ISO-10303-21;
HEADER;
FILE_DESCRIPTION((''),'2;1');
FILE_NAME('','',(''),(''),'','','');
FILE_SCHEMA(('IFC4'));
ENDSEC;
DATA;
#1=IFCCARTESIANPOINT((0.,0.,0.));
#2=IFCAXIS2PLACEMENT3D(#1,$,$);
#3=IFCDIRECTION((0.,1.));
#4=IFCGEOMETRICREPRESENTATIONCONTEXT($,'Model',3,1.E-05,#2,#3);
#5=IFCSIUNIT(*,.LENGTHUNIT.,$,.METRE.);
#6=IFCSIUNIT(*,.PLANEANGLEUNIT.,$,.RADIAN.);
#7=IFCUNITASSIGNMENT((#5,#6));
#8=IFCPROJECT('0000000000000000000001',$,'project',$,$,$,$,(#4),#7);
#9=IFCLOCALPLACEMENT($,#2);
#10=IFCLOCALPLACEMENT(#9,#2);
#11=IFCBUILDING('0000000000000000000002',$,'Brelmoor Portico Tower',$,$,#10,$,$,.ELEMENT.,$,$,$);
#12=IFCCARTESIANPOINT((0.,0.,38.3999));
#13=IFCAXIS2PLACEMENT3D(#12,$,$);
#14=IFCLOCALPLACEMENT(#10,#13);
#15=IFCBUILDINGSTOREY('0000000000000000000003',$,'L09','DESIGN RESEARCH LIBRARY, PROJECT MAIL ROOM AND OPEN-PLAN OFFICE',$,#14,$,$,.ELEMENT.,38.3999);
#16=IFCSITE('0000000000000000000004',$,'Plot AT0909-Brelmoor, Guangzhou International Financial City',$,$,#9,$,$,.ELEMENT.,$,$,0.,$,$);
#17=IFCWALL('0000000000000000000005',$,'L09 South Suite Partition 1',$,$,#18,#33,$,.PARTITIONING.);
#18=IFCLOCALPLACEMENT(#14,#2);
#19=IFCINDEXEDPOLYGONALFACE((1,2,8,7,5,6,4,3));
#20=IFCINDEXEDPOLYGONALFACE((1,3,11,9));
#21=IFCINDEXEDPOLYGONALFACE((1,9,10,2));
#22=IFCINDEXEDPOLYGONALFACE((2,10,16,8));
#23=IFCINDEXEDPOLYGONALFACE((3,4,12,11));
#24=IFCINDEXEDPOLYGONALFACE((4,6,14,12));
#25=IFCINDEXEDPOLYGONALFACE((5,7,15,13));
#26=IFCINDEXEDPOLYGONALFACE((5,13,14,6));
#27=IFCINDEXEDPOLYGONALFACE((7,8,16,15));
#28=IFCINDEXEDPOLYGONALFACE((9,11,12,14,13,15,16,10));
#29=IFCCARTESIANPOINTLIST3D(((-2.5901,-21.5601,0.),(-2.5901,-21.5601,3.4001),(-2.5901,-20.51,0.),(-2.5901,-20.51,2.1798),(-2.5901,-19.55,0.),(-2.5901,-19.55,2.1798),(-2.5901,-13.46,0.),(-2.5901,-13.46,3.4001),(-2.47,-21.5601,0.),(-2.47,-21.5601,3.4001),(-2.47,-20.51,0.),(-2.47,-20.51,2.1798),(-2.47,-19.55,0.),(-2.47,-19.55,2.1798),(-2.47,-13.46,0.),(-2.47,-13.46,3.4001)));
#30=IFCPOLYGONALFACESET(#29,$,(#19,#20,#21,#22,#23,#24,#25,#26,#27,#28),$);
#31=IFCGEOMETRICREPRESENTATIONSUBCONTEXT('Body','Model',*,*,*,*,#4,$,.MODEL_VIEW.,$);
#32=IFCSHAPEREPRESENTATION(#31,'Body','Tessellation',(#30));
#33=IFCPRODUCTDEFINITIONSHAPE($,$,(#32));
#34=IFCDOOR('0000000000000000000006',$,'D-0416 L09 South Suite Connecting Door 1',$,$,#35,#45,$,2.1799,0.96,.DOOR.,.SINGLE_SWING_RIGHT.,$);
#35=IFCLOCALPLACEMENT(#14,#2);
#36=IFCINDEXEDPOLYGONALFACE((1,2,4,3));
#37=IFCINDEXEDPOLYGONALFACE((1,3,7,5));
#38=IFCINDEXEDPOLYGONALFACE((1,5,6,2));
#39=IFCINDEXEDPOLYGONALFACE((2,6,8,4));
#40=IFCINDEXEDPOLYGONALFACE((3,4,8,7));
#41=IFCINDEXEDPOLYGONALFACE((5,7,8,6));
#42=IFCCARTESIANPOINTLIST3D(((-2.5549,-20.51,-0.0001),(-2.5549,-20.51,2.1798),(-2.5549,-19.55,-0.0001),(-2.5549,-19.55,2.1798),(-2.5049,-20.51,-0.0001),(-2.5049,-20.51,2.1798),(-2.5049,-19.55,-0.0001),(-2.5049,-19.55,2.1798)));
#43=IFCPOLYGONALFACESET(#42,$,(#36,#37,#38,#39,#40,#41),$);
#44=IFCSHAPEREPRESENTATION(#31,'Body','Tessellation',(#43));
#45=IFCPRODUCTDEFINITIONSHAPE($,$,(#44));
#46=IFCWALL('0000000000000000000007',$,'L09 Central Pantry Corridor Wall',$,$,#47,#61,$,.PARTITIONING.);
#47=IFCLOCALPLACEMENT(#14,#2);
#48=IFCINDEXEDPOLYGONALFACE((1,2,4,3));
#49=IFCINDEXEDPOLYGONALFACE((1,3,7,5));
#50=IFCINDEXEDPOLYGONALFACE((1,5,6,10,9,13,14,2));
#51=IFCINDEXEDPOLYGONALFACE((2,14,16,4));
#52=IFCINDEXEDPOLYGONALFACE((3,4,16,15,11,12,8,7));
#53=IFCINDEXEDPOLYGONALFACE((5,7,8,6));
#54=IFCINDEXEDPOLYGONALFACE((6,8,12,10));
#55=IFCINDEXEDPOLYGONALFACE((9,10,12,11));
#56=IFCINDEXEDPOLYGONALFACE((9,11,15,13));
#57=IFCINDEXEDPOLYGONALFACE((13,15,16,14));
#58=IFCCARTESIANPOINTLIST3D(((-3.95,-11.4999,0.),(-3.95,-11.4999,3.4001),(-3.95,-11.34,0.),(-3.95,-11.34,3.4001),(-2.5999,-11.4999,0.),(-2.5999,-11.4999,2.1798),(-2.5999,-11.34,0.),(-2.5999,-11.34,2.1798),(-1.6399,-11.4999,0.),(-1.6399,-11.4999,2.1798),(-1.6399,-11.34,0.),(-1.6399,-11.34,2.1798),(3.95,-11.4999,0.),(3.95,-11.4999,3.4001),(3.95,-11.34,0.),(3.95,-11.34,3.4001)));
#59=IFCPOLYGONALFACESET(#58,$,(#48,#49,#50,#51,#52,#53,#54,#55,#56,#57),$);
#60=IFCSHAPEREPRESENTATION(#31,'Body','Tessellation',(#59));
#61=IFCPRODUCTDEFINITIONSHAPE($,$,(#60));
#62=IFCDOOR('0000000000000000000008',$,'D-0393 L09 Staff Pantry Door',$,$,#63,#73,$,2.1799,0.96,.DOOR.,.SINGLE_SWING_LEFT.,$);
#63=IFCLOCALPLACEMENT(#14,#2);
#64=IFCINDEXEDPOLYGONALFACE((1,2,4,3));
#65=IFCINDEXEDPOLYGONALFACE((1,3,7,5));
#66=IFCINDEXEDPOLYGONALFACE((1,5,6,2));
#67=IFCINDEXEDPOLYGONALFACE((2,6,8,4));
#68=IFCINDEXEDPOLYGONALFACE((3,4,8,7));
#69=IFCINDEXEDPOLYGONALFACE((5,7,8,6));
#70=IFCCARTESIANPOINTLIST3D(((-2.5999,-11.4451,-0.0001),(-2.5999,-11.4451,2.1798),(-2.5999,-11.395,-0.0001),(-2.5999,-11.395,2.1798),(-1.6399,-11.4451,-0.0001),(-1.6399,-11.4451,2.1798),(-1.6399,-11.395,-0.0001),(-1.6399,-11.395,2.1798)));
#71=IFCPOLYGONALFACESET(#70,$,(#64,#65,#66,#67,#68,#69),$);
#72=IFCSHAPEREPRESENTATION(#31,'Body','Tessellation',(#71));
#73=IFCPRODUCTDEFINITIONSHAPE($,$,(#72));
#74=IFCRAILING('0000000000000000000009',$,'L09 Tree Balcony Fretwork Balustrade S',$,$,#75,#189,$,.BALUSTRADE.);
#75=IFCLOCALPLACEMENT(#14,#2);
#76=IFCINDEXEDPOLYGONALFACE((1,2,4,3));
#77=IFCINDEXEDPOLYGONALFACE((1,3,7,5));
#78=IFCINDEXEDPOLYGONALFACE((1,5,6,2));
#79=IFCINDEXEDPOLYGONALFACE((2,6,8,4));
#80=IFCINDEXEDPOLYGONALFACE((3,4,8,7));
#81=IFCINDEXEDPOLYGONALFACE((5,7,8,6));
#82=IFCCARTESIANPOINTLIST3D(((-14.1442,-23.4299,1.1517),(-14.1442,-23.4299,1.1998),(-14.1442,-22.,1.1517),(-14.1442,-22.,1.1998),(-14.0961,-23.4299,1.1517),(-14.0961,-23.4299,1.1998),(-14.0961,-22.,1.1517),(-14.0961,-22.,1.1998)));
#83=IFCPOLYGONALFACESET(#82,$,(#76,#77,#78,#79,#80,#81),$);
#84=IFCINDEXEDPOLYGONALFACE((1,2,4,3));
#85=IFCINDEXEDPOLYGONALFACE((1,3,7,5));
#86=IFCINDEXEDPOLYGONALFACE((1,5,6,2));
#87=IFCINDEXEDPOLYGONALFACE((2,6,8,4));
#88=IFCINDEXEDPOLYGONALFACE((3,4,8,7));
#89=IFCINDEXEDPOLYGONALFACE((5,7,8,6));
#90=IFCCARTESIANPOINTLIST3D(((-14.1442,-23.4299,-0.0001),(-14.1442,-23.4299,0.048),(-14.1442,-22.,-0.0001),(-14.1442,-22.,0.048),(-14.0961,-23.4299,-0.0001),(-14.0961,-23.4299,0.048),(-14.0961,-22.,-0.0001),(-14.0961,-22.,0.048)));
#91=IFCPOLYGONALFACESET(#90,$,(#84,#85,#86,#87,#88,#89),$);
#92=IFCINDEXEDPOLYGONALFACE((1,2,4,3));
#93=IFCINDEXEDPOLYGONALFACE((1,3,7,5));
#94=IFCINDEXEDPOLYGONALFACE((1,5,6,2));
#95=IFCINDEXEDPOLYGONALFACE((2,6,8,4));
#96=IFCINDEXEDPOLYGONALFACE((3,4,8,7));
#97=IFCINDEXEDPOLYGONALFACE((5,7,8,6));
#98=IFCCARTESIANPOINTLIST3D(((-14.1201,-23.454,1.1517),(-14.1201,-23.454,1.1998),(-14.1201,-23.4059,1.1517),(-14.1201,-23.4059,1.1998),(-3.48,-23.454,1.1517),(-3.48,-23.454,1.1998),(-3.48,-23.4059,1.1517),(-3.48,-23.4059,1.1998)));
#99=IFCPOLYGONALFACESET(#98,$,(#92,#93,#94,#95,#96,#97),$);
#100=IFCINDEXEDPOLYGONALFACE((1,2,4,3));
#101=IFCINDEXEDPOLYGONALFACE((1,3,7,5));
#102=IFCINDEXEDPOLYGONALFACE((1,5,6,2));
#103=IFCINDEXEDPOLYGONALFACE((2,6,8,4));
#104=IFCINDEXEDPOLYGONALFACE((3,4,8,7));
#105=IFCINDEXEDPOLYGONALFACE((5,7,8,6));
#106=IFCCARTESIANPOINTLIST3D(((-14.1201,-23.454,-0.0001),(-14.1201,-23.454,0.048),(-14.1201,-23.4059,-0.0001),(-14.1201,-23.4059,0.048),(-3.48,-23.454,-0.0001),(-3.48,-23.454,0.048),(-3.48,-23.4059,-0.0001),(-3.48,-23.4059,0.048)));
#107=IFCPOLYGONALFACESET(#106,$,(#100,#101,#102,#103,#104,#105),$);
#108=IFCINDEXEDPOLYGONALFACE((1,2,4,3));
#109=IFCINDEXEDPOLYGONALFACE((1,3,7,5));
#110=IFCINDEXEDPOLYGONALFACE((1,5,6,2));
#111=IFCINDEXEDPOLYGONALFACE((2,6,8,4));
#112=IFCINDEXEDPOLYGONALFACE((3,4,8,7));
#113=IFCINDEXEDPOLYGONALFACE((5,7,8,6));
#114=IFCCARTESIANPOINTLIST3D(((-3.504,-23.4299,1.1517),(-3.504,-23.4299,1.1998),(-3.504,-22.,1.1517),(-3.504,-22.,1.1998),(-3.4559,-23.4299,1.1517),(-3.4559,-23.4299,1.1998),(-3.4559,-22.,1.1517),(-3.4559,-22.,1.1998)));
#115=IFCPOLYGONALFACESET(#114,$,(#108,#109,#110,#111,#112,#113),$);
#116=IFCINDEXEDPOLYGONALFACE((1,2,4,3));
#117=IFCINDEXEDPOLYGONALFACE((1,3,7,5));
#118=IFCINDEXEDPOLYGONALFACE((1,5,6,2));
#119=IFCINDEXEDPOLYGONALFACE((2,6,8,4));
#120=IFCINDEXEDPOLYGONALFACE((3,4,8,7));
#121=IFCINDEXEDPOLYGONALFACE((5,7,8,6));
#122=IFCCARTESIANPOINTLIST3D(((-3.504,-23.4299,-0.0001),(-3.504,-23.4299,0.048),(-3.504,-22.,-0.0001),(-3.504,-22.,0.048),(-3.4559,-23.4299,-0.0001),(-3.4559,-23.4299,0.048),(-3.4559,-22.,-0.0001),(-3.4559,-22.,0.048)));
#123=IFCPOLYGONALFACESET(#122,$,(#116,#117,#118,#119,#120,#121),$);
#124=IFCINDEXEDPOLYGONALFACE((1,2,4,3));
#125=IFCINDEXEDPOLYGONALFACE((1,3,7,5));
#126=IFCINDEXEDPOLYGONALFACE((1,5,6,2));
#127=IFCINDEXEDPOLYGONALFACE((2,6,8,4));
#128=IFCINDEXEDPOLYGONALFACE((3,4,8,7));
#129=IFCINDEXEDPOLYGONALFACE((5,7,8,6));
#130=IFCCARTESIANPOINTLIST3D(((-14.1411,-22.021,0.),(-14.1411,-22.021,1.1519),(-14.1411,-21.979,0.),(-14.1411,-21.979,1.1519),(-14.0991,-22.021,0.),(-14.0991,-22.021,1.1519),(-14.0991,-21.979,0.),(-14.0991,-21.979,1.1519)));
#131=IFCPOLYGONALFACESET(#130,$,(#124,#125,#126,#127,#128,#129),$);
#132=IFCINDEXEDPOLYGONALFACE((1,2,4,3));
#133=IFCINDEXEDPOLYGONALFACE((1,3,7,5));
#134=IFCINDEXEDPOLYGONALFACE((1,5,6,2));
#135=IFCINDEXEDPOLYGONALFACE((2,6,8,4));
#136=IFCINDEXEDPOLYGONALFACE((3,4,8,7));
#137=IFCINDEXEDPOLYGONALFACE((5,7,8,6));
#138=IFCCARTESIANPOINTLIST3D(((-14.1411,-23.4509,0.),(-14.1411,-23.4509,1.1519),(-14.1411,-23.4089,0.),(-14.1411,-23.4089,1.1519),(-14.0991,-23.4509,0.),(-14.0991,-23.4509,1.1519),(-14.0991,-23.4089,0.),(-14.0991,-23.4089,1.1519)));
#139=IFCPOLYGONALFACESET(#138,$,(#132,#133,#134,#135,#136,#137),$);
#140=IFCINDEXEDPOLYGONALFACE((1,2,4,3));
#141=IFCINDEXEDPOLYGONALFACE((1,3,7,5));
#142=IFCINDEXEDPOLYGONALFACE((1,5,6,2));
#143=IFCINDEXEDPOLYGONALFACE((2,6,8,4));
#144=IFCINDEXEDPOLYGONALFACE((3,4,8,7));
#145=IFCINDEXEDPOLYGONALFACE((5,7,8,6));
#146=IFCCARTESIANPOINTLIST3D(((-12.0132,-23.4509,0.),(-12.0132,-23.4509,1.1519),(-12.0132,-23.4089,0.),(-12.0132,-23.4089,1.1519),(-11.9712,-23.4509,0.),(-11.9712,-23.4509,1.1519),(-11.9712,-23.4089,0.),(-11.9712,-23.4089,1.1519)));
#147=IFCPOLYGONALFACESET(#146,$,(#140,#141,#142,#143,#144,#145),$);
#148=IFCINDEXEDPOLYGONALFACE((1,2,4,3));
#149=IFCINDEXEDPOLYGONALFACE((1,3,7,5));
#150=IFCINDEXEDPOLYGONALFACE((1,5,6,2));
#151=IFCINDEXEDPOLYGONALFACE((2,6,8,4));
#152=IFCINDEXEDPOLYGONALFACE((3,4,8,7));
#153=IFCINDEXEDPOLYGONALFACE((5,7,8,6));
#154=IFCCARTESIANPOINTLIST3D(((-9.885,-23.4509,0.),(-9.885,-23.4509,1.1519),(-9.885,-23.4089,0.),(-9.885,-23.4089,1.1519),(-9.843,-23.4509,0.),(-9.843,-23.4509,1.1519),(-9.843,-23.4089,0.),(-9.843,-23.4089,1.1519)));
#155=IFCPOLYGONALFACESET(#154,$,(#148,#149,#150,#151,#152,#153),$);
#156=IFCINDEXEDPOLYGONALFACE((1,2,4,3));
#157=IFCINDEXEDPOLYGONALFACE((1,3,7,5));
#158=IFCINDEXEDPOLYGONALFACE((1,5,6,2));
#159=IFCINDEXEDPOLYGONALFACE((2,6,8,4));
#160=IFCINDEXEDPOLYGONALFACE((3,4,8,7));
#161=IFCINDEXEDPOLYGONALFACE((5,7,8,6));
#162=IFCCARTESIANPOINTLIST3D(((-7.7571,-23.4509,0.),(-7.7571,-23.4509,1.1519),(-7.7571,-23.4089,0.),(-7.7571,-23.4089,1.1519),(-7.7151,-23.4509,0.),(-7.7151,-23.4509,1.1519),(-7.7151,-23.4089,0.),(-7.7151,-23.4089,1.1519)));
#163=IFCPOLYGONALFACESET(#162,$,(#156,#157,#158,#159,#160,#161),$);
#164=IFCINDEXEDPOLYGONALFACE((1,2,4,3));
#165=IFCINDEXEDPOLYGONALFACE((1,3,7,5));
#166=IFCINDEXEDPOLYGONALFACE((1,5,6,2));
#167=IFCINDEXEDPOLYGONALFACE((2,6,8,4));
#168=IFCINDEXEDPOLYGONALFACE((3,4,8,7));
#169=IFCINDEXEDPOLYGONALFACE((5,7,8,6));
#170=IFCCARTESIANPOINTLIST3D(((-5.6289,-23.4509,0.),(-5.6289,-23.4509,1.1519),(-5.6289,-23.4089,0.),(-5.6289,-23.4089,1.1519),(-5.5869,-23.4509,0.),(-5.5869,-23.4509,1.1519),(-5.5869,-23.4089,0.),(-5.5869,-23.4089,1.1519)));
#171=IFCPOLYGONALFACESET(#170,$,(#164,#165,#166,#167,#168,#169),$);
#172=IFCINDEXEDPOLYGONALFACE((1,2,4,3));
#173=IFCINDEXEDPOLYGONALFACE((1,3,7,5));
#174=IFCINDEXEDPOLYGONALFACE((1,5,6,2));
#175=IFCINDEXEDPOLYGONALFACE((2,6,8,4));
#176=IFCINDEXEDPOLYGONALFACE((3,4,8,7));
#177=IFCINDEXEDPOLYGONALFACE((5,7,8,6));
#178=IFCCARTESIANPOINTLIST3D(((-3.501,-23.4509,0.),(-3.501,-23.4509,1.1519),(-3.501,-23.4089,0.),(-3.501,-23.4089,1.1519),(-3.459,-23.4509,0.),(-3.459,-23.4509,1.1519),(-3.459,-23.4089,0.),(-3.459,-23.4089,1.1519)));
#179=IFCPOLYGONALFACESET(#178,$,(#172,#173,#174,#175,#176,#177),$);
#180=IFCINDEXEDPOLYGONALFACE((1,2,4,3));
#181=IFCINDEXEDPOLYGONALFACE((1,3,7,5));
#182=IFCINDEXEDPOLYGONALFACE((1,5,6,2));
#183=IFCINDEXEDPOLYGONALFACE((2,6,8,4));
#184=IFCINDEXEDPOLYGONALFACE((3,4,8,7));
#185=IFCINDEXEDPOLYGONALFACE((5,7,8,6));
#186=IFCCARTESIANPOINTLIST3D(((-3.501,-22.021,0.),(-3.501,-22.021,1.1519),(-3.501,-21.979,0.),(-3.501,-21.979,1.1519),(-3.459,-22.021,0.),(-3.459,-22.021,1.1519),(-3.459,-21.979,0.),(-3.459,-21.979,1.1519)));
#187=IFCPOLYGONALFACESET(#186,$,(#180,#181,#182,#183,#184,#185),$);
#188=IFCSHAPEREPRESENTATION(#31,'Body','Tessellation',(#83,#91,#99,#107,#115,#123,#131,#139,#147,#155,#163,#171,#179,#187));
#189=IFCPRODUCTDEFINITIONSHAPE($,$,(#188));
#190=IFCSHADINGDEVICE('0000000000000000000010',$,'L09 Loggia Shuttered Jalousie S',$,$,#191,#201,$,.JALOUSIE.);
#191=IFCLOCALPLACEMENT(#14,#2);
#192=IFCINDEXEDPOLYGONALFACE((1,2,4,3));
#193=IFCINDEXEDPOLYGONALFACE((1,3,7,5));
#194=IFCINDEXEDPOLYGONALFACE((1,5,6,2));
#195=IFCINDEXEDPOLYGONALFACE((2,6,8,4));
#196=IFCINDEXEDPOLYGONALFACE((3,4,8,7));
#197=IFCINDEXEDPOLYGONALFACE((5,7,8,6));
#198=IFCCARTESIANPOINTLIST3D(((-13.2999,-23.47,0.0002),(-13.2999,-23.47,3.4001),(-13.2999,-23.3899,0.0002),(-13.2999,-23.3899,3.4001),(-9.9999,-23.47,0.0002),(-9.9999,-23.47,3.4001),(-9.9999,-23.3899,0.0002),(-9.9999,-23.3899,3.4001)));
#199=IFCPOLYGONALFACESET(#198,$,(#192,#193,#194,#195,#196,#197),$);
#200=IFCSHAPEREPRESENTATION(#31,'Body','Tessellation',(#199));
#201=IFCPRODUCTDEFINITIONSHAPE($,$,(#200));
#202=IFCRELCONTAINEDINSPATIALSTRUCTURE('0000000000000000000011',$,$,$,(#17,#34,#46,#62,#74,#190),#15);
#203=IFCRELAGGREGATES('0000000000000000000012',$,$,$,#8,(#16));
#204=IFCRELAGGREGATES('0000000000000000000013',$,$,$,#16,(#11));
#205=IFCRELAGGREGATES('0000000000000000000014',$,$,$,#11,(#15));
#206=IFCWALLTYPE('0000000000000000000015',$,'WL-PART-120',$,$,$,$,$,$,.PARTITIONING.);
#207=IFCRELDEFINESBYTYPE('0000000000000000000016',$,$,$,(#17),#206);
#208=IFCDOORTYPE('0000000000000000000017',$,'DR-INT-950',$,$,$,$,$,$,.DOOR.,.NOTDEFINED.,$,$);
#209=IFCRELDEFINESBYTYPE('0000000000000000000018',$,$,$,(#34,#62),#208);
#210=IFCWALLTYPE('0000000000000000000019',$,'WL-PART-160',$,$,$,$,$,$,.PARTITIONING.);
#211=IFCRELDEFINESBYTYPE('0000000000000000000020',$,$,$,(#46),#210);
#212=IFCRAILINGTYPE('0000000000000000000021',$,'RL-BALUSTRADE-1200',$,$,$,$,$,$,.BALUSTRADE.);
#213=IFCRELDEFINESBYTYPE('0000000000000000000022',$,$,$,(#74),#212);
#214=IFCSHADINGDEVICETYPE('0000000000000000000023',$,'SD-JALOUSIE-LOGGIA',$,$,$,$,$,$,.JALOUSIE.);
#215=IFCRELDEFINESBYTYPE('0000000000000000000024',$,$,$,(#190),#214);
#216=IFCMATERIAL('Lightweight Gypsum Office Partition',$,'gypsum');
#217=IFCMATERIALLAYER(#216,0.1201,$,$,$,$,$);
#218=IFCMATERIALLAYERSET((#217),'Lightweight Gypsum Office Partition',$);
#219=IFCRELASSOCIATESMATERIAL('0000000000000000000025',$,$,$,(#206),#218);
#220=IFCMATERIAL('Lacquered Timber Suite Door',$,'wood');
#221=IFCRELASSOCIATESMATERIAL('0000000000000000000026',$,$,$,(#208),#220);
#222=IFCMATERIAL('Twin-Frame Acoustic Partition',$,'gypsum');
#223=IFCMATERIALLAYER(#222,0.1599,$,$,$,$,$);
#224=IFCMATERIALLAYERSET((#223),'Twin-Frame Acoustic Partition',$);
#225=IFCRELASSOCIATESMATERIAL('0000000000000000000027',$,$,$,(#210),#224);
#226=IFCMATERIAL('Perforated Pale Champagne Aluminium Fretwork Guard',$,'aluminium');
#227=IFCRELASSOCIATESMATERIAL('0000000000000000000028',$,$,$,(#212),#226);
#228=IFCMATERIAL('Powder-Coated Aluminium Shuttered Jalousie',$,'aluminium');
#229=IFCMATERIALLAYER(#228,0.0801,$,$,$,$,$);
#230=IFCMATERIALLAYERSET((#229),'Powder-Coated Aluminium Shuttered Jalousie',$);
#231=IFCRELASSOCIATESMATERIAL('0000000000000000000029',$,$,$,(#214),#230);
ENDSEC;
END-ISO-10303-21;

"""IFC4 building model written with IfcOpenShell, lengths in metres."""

from ifc_helpers import new_model, si_unit, direction, frame, frame_2d, origin, origin_2d, place, context, subcontext, project, spatial, rectangle, extrude, material, layer, layer_set, type_object, element, fill, save


model = new_model("IFC4")

# Units and contexts
model_context = context("Model", 3, precision=1e-05, world=origin(), true_north=direction((0.0, 1.0)))
body_context = subcontext(model_context, "Body", "Model", "MODEL_VIEW")
ifc_project = project(units=[si_unit("LENGTHUNIT", "METRE"), si_unit("PLANEANGLEUNIT", "RADIAN")], contexts=[model_context])

# Site, building, storey
site_placement = place(None, origin())
site = spatial("IfcSite", under=ifc_project, at=site_placement, Name="Plot AT0909-Brelmoor, Guangzhou International Financial City", CompositionType="ELEMENT", RefElevation=0.0)
building_placement = place(site_placement, origin())
building = spatial("IfcBuilding", under=site, at=building_placement, Name="Brelmoor Portico Tower", CompositionType="ELEMENT")
storey_placement = place(building_placement, frame((0.0, 0.0, 38.3999)))
storey = spatial("IfcBuildingStorey", under=building, at=storey_placement, Name="L09", Description="DESIGN RESEARCH LIBRARY, PROJECT MAIL ROOM AND OPEN-PLAN OFFICE", CompositionType="ELEMENT", Elevation=38.3999)

# Shared definitions
ifc_material_1 = material(Name="Lightweight Gypsum Office Partition", Category="gypsum")
ifc_layer_1 = layer(ifc_material_1, 0.1201)
ifc_layer_set_1 = layer_set([ifc_layer_1], Name="Lightweight Gypsum Office Partition")
wall_type_1 = type_object("IfcWallType", Name="WL-PART-120", PredefinedType="PARTITIONING", material=ifc_layer_set_1)

# Walls, openings, doors
wall_1_placement = place(storey_placement, frame((-2.53, -21.5601, 0.0), z_axis=(0.0, 0.0, 1.0), x_axis=(0.0, 1.0, 0.0)))
wall_1 = element("IfcWall", 1, at=wall_1_placement, inside=storey, type_object=wall_type_1, Name="L09 South Suite Partition 1", PredefinedType="PARTITIONING", context=body_context, shape_type="SweptSolid", body=[
    extrude(rectangle(XDim=8.1001, YDim=0.1201, at=frame_2d((4.05, 0.0))), origin(), (0.0, 0.0, 1.0), 3.4001),
])
opening_1_placement = place(wall_1_placement, frame((1.05, 0.0, 0.0)))
opening_1 = element("IfcOpeningElement", 2, at=opening_1_placement, cuts=wall_1, PredefinedType="OPENING", context=body_context, shape_type="SweptSolid", body=[
    extrude(rectangle(XDim=0.96, YDim=2.1799, at=frame_2d((0.48, 1.0898))), frame((0.0, 0.0701, 0.0), z_axis=(0.0, -1.0, 0.0), x_axis=(1.0, 0.0, 0.0)), (0.0, 0.0, 1.0), 0.1401),
])
ifc_material_2 = material(Name="Lacquered Timber Suite Door", Category="wood")
door_type_1 = type_object("IfcDoorType", Name="DR-INT-950", OperationType="NOTDEFINED", PredefinedType="DOOR", material=ifc_material_2)
door_1_placement = place(opening_1_placement, origin())
door_1 = element("IfcDoor", 3, at=door_1_placement, inside=storey, type_object=door_type_1, Name="D-0416 L09 South Suite Connecting Door 1", OperationType="SINGLE_SWING_RIGHT", OverallHeight=2.1799, OverallWidth=0.96, PredefinedType="DOOR", context=body_context, shape_type="SweptSolid", body=[
    extrude(rectangle(XDim=0.96, YDim=2.1799, at=frame_2d((0.48, 1.0898))), frame((0.0, 0.0249, 0.0), z_axis=(0.0, -1.0, 0.0), x_axis=(1.0, 0.0, 0.0)), (0.0, 0.0, 1.0), 0.05),
])
fill(opening_1, door_1)
ifc_material_3 = material(Name="Twin-Frame Acoustic Partition", Category="gypsum")
ifc_layer_2 = layer(ifc_material_3, 0.1599)
ifc_layer_set_2 = layer_set([ifc_layer_2], Name="Twin-Frame Acoustic Partition")
wall_type_2 = type_object("IfcWallType", Name="WL-PART-160", PredefinedType="PARTITIONING", material=ifc_layer_set_2)
wall_2_placement = place(storey_placement, frame((-3.95, -11.4199, 0.0), z_axis=(0.0, 0.0, 1.0), x_axis=(1.0, 0.0, 0.0)))
wall_2 = element("IfcWall", 4, at=wall_2_placement, inside=storey, type_object=wall_type_2, Name="L09 Central Pantry Corridor Wall", PredefinedType="PARTITIONING", context=body_context, shape_type="SweptSolid", body=[
    extrude(rectangle(XDim=7.8999, YDim=0.1599, at=frame_2d((3.95, 0.0))), origin(), (0.0, 0.0, 1.0), 3.4001),
])
opening_2_placement = place(wall_2_placement, frame((1.3501, 0.0, 0.0)))
opening_2 = element("IfcOpeningElement", 5, at=opening_2_placement, cuts=wall_2, PredefinedType="OPENING", context=body_context, shape_type="SweptSolid", body=[
    extrude(rectangle(XDim=0.96, YDim=2.1799, at=frame_2d((0.48, 1.0898))), frame((0.0, 0.0898, 0.0), z_axis=(0.0, -1.0, 0.0), x_axis=(1.0, 0.0, 0.0)), (0.0, 0.0, 1.0), 0.1799),
])
door_2_placement = place(opening_2_placement, origin())
door_2 = element("IfcDoor", 6, at=door_2_placement, inside=storey, type_object=door_type_1, Name="D-0393 L09 Staff Pantry Door", OperationType="SINGLE_SWING_LEFT", OverallHeight=2.1799, OverallWidth=0.96, PredefinedType="DOOR", context=body_context, shape_type="SweptSolid", body=[
    extrude(rectangle(XDim=0.96, YDim=2.1799, at=frame_2d((0.48, 1.0898))), frame((0.0, 0.0249, 0.0), z_axis=(0.0, -1.0, 0.0), x_axis=(1.0, 0.0, 0.0)), (0.0, 0.0, 1.0), 0.05),
])
fill(opening_2, door_2)

# Railing
ifc_material_4 = material(Name="Perforated Pale Champagne Aluminium Fretwork Guard", Category="aluminium")
railing_type = type_object("IfcRailingType", Name="RL-BALUSTRADE-1200", PredefinedType="BALUSTRADE", material=ifc_material_4)
railing_placement = place(storey_placement, frame((-14.1201, -22.0, 0.0)))
element("IfcRailing", 7, at=railing_placement, inside=storey, type_object=railing_type, Name="L09 Tree Balcony Fretwork Balustrade S", PredefinedType="BALUSTRADE", context=body_context, shape_type="SweptSolid", body=[
    extrude(rectangle(XDim=0.0481, YDim=0.0481, at=origin_2d()), frame((0.0, 0.0, 1.1758), z_axis=(0.0, -1.0, 0.0), x_axis=(1.0, 0.0, 0.0)), (0.0, 0.0, 1.0), 1.4299),
    extrude(rectangle(XDim=0.0481, YDim=0.0481, at=origin_2d()), frame((0.0, 0.0, 0.0239), z_axis=(0.0, -1.0, 0.0), x_axis=(1.0, 0.0, 0.0)), (0.0, 0.0, 1.0), 1.4299),
    extrude(rectangle(XDim=0.0481, YDim=0.0481, at=origin_2d()), frame((0.0, -1.4299, 1.1758), z_axis=(1.0, 0.0, 0.0), x_axis=(0.0, 1.0, 0.0)), (0.0, 0.0, 1.0), 10.6401),
    extrude(rectangle(XDim=0.0481, YDim=0.0481, at=origin_2d()), frame((0.0, -1.4299, 0.0239), z_axis=(1.0, 0.0, 0.0), x_axis=(0.0, 1.0, 0.0)), (0.0, 0.0, 1.0), 10.6401),
    extrude(rectangle(XDim=0.0481, YDim=0.0481, at=origin_2d()), frame((10.6401, -1.4299, 1.1758), z_axis=(0.0, 1.0, 0.0), x_axis=(-1.0, 0.0, 0.0)), (0.0, 0.0, 1.0), 1.4299),
    extrude(rectangle(XDim=0.0481, YDim=0.0481, at=origin_2d()), frame((10.6401, -1.4299, 0.0239), z_axis=(0.0, 1.0, 0.0), x_axis=(-1.0, 0.0, 0.0)), (0.0, 0.0, 1.0), 1.4299),
    extrude(rectangle(XDim=0.042, YDim=0.042, at=origin_2d()), origin(), (0.0, 0.0, 1.0), 1.1519),
    extrude(rectangle(XDim=0.042, YDim=0.042, at=origin_2d()), frame((0.0, -1.4299, 0.0)), (0.0, 0.0, 1.0), 1.1519),
    extrude(rectangle(XDim=0.042, YDim=0.042, at=origin_2d()), frame((2.1279, -1.4299, 0.0)), (0.0, 0.0, 1.0), 1.1519),
    extrude(rectangle(XDim=0.042, YDim=0.042, at=origin_2d()), frame((4.2561, -1.4299, 0.0)), (0.0, 0.0, 1.0), 1.1519),
    extrude(rectangle(XDim=0.042, YDim=0.042, at=origin_2d()), frame((6.384, -1.4299, 0.0)), (0.0, 0.0, 1.0), 1.1519),
    extrude(rectangle(XDim=0.042, YDim=0.042, at=origin_2d()), frame((8.5122, -1.4299, 0.0)), (0.0, 0.0, 1.0), 1.1519),
    extrude(rectangle(XDim=0.042, YDim=0.042, at=origin_2d()), frame((10.6401, -1.4299, 0.0)), (0.0, 0.0, 1.0), 1.1519),
    extrude(rectangle(XDim=0.042, YDim=0.042, at=origin_2d()), frame((10.6401, 0.0, 0.0)), (0.0, 0.0, 1.0), 1.1519),
])

# Shading device
ifc_material_5 = material(Name="Powder-Coated Aluminium Shuttered Jalousie", Category="aluminium")
ifc_layer_3 = layer(ifc_material_5, 0.0801)
ifc_layer_set_3 = layer_set([ifc_layer_3], Name="Powder-Coated Aluminium Shuttered Jalousie")
shading_device_type = type_object("IfcShadingDeviceType", Name="SD-JALOUSIE-LOGGIA", PredefinedType="JALOUSIE", material=ifc_layer_set_3)
shading_device_placement = place(storey_placement, frame((-11.6499, -23.4299, 0.0002), z_axis=(0.0, 0.0, 1.0), x_axis=(1.0, 0.0, 0.0)))
element("IfcShadingDevice", 8, at=shading_device_placement, inside=storey, type_object=shading_device_type, Name="L09 Loggia Shuttered Jalousie S", PredefinedType="JALOUSIE", context=body_context, shape_type="SweptSolid", body=[
    extrude(rectangle(XDim=3.3, YDim=0.0801, at=origin_2d()), origin(), (0.0, 0.0, 1.0), 3.3999),
])

save(model, "model.ifc")
